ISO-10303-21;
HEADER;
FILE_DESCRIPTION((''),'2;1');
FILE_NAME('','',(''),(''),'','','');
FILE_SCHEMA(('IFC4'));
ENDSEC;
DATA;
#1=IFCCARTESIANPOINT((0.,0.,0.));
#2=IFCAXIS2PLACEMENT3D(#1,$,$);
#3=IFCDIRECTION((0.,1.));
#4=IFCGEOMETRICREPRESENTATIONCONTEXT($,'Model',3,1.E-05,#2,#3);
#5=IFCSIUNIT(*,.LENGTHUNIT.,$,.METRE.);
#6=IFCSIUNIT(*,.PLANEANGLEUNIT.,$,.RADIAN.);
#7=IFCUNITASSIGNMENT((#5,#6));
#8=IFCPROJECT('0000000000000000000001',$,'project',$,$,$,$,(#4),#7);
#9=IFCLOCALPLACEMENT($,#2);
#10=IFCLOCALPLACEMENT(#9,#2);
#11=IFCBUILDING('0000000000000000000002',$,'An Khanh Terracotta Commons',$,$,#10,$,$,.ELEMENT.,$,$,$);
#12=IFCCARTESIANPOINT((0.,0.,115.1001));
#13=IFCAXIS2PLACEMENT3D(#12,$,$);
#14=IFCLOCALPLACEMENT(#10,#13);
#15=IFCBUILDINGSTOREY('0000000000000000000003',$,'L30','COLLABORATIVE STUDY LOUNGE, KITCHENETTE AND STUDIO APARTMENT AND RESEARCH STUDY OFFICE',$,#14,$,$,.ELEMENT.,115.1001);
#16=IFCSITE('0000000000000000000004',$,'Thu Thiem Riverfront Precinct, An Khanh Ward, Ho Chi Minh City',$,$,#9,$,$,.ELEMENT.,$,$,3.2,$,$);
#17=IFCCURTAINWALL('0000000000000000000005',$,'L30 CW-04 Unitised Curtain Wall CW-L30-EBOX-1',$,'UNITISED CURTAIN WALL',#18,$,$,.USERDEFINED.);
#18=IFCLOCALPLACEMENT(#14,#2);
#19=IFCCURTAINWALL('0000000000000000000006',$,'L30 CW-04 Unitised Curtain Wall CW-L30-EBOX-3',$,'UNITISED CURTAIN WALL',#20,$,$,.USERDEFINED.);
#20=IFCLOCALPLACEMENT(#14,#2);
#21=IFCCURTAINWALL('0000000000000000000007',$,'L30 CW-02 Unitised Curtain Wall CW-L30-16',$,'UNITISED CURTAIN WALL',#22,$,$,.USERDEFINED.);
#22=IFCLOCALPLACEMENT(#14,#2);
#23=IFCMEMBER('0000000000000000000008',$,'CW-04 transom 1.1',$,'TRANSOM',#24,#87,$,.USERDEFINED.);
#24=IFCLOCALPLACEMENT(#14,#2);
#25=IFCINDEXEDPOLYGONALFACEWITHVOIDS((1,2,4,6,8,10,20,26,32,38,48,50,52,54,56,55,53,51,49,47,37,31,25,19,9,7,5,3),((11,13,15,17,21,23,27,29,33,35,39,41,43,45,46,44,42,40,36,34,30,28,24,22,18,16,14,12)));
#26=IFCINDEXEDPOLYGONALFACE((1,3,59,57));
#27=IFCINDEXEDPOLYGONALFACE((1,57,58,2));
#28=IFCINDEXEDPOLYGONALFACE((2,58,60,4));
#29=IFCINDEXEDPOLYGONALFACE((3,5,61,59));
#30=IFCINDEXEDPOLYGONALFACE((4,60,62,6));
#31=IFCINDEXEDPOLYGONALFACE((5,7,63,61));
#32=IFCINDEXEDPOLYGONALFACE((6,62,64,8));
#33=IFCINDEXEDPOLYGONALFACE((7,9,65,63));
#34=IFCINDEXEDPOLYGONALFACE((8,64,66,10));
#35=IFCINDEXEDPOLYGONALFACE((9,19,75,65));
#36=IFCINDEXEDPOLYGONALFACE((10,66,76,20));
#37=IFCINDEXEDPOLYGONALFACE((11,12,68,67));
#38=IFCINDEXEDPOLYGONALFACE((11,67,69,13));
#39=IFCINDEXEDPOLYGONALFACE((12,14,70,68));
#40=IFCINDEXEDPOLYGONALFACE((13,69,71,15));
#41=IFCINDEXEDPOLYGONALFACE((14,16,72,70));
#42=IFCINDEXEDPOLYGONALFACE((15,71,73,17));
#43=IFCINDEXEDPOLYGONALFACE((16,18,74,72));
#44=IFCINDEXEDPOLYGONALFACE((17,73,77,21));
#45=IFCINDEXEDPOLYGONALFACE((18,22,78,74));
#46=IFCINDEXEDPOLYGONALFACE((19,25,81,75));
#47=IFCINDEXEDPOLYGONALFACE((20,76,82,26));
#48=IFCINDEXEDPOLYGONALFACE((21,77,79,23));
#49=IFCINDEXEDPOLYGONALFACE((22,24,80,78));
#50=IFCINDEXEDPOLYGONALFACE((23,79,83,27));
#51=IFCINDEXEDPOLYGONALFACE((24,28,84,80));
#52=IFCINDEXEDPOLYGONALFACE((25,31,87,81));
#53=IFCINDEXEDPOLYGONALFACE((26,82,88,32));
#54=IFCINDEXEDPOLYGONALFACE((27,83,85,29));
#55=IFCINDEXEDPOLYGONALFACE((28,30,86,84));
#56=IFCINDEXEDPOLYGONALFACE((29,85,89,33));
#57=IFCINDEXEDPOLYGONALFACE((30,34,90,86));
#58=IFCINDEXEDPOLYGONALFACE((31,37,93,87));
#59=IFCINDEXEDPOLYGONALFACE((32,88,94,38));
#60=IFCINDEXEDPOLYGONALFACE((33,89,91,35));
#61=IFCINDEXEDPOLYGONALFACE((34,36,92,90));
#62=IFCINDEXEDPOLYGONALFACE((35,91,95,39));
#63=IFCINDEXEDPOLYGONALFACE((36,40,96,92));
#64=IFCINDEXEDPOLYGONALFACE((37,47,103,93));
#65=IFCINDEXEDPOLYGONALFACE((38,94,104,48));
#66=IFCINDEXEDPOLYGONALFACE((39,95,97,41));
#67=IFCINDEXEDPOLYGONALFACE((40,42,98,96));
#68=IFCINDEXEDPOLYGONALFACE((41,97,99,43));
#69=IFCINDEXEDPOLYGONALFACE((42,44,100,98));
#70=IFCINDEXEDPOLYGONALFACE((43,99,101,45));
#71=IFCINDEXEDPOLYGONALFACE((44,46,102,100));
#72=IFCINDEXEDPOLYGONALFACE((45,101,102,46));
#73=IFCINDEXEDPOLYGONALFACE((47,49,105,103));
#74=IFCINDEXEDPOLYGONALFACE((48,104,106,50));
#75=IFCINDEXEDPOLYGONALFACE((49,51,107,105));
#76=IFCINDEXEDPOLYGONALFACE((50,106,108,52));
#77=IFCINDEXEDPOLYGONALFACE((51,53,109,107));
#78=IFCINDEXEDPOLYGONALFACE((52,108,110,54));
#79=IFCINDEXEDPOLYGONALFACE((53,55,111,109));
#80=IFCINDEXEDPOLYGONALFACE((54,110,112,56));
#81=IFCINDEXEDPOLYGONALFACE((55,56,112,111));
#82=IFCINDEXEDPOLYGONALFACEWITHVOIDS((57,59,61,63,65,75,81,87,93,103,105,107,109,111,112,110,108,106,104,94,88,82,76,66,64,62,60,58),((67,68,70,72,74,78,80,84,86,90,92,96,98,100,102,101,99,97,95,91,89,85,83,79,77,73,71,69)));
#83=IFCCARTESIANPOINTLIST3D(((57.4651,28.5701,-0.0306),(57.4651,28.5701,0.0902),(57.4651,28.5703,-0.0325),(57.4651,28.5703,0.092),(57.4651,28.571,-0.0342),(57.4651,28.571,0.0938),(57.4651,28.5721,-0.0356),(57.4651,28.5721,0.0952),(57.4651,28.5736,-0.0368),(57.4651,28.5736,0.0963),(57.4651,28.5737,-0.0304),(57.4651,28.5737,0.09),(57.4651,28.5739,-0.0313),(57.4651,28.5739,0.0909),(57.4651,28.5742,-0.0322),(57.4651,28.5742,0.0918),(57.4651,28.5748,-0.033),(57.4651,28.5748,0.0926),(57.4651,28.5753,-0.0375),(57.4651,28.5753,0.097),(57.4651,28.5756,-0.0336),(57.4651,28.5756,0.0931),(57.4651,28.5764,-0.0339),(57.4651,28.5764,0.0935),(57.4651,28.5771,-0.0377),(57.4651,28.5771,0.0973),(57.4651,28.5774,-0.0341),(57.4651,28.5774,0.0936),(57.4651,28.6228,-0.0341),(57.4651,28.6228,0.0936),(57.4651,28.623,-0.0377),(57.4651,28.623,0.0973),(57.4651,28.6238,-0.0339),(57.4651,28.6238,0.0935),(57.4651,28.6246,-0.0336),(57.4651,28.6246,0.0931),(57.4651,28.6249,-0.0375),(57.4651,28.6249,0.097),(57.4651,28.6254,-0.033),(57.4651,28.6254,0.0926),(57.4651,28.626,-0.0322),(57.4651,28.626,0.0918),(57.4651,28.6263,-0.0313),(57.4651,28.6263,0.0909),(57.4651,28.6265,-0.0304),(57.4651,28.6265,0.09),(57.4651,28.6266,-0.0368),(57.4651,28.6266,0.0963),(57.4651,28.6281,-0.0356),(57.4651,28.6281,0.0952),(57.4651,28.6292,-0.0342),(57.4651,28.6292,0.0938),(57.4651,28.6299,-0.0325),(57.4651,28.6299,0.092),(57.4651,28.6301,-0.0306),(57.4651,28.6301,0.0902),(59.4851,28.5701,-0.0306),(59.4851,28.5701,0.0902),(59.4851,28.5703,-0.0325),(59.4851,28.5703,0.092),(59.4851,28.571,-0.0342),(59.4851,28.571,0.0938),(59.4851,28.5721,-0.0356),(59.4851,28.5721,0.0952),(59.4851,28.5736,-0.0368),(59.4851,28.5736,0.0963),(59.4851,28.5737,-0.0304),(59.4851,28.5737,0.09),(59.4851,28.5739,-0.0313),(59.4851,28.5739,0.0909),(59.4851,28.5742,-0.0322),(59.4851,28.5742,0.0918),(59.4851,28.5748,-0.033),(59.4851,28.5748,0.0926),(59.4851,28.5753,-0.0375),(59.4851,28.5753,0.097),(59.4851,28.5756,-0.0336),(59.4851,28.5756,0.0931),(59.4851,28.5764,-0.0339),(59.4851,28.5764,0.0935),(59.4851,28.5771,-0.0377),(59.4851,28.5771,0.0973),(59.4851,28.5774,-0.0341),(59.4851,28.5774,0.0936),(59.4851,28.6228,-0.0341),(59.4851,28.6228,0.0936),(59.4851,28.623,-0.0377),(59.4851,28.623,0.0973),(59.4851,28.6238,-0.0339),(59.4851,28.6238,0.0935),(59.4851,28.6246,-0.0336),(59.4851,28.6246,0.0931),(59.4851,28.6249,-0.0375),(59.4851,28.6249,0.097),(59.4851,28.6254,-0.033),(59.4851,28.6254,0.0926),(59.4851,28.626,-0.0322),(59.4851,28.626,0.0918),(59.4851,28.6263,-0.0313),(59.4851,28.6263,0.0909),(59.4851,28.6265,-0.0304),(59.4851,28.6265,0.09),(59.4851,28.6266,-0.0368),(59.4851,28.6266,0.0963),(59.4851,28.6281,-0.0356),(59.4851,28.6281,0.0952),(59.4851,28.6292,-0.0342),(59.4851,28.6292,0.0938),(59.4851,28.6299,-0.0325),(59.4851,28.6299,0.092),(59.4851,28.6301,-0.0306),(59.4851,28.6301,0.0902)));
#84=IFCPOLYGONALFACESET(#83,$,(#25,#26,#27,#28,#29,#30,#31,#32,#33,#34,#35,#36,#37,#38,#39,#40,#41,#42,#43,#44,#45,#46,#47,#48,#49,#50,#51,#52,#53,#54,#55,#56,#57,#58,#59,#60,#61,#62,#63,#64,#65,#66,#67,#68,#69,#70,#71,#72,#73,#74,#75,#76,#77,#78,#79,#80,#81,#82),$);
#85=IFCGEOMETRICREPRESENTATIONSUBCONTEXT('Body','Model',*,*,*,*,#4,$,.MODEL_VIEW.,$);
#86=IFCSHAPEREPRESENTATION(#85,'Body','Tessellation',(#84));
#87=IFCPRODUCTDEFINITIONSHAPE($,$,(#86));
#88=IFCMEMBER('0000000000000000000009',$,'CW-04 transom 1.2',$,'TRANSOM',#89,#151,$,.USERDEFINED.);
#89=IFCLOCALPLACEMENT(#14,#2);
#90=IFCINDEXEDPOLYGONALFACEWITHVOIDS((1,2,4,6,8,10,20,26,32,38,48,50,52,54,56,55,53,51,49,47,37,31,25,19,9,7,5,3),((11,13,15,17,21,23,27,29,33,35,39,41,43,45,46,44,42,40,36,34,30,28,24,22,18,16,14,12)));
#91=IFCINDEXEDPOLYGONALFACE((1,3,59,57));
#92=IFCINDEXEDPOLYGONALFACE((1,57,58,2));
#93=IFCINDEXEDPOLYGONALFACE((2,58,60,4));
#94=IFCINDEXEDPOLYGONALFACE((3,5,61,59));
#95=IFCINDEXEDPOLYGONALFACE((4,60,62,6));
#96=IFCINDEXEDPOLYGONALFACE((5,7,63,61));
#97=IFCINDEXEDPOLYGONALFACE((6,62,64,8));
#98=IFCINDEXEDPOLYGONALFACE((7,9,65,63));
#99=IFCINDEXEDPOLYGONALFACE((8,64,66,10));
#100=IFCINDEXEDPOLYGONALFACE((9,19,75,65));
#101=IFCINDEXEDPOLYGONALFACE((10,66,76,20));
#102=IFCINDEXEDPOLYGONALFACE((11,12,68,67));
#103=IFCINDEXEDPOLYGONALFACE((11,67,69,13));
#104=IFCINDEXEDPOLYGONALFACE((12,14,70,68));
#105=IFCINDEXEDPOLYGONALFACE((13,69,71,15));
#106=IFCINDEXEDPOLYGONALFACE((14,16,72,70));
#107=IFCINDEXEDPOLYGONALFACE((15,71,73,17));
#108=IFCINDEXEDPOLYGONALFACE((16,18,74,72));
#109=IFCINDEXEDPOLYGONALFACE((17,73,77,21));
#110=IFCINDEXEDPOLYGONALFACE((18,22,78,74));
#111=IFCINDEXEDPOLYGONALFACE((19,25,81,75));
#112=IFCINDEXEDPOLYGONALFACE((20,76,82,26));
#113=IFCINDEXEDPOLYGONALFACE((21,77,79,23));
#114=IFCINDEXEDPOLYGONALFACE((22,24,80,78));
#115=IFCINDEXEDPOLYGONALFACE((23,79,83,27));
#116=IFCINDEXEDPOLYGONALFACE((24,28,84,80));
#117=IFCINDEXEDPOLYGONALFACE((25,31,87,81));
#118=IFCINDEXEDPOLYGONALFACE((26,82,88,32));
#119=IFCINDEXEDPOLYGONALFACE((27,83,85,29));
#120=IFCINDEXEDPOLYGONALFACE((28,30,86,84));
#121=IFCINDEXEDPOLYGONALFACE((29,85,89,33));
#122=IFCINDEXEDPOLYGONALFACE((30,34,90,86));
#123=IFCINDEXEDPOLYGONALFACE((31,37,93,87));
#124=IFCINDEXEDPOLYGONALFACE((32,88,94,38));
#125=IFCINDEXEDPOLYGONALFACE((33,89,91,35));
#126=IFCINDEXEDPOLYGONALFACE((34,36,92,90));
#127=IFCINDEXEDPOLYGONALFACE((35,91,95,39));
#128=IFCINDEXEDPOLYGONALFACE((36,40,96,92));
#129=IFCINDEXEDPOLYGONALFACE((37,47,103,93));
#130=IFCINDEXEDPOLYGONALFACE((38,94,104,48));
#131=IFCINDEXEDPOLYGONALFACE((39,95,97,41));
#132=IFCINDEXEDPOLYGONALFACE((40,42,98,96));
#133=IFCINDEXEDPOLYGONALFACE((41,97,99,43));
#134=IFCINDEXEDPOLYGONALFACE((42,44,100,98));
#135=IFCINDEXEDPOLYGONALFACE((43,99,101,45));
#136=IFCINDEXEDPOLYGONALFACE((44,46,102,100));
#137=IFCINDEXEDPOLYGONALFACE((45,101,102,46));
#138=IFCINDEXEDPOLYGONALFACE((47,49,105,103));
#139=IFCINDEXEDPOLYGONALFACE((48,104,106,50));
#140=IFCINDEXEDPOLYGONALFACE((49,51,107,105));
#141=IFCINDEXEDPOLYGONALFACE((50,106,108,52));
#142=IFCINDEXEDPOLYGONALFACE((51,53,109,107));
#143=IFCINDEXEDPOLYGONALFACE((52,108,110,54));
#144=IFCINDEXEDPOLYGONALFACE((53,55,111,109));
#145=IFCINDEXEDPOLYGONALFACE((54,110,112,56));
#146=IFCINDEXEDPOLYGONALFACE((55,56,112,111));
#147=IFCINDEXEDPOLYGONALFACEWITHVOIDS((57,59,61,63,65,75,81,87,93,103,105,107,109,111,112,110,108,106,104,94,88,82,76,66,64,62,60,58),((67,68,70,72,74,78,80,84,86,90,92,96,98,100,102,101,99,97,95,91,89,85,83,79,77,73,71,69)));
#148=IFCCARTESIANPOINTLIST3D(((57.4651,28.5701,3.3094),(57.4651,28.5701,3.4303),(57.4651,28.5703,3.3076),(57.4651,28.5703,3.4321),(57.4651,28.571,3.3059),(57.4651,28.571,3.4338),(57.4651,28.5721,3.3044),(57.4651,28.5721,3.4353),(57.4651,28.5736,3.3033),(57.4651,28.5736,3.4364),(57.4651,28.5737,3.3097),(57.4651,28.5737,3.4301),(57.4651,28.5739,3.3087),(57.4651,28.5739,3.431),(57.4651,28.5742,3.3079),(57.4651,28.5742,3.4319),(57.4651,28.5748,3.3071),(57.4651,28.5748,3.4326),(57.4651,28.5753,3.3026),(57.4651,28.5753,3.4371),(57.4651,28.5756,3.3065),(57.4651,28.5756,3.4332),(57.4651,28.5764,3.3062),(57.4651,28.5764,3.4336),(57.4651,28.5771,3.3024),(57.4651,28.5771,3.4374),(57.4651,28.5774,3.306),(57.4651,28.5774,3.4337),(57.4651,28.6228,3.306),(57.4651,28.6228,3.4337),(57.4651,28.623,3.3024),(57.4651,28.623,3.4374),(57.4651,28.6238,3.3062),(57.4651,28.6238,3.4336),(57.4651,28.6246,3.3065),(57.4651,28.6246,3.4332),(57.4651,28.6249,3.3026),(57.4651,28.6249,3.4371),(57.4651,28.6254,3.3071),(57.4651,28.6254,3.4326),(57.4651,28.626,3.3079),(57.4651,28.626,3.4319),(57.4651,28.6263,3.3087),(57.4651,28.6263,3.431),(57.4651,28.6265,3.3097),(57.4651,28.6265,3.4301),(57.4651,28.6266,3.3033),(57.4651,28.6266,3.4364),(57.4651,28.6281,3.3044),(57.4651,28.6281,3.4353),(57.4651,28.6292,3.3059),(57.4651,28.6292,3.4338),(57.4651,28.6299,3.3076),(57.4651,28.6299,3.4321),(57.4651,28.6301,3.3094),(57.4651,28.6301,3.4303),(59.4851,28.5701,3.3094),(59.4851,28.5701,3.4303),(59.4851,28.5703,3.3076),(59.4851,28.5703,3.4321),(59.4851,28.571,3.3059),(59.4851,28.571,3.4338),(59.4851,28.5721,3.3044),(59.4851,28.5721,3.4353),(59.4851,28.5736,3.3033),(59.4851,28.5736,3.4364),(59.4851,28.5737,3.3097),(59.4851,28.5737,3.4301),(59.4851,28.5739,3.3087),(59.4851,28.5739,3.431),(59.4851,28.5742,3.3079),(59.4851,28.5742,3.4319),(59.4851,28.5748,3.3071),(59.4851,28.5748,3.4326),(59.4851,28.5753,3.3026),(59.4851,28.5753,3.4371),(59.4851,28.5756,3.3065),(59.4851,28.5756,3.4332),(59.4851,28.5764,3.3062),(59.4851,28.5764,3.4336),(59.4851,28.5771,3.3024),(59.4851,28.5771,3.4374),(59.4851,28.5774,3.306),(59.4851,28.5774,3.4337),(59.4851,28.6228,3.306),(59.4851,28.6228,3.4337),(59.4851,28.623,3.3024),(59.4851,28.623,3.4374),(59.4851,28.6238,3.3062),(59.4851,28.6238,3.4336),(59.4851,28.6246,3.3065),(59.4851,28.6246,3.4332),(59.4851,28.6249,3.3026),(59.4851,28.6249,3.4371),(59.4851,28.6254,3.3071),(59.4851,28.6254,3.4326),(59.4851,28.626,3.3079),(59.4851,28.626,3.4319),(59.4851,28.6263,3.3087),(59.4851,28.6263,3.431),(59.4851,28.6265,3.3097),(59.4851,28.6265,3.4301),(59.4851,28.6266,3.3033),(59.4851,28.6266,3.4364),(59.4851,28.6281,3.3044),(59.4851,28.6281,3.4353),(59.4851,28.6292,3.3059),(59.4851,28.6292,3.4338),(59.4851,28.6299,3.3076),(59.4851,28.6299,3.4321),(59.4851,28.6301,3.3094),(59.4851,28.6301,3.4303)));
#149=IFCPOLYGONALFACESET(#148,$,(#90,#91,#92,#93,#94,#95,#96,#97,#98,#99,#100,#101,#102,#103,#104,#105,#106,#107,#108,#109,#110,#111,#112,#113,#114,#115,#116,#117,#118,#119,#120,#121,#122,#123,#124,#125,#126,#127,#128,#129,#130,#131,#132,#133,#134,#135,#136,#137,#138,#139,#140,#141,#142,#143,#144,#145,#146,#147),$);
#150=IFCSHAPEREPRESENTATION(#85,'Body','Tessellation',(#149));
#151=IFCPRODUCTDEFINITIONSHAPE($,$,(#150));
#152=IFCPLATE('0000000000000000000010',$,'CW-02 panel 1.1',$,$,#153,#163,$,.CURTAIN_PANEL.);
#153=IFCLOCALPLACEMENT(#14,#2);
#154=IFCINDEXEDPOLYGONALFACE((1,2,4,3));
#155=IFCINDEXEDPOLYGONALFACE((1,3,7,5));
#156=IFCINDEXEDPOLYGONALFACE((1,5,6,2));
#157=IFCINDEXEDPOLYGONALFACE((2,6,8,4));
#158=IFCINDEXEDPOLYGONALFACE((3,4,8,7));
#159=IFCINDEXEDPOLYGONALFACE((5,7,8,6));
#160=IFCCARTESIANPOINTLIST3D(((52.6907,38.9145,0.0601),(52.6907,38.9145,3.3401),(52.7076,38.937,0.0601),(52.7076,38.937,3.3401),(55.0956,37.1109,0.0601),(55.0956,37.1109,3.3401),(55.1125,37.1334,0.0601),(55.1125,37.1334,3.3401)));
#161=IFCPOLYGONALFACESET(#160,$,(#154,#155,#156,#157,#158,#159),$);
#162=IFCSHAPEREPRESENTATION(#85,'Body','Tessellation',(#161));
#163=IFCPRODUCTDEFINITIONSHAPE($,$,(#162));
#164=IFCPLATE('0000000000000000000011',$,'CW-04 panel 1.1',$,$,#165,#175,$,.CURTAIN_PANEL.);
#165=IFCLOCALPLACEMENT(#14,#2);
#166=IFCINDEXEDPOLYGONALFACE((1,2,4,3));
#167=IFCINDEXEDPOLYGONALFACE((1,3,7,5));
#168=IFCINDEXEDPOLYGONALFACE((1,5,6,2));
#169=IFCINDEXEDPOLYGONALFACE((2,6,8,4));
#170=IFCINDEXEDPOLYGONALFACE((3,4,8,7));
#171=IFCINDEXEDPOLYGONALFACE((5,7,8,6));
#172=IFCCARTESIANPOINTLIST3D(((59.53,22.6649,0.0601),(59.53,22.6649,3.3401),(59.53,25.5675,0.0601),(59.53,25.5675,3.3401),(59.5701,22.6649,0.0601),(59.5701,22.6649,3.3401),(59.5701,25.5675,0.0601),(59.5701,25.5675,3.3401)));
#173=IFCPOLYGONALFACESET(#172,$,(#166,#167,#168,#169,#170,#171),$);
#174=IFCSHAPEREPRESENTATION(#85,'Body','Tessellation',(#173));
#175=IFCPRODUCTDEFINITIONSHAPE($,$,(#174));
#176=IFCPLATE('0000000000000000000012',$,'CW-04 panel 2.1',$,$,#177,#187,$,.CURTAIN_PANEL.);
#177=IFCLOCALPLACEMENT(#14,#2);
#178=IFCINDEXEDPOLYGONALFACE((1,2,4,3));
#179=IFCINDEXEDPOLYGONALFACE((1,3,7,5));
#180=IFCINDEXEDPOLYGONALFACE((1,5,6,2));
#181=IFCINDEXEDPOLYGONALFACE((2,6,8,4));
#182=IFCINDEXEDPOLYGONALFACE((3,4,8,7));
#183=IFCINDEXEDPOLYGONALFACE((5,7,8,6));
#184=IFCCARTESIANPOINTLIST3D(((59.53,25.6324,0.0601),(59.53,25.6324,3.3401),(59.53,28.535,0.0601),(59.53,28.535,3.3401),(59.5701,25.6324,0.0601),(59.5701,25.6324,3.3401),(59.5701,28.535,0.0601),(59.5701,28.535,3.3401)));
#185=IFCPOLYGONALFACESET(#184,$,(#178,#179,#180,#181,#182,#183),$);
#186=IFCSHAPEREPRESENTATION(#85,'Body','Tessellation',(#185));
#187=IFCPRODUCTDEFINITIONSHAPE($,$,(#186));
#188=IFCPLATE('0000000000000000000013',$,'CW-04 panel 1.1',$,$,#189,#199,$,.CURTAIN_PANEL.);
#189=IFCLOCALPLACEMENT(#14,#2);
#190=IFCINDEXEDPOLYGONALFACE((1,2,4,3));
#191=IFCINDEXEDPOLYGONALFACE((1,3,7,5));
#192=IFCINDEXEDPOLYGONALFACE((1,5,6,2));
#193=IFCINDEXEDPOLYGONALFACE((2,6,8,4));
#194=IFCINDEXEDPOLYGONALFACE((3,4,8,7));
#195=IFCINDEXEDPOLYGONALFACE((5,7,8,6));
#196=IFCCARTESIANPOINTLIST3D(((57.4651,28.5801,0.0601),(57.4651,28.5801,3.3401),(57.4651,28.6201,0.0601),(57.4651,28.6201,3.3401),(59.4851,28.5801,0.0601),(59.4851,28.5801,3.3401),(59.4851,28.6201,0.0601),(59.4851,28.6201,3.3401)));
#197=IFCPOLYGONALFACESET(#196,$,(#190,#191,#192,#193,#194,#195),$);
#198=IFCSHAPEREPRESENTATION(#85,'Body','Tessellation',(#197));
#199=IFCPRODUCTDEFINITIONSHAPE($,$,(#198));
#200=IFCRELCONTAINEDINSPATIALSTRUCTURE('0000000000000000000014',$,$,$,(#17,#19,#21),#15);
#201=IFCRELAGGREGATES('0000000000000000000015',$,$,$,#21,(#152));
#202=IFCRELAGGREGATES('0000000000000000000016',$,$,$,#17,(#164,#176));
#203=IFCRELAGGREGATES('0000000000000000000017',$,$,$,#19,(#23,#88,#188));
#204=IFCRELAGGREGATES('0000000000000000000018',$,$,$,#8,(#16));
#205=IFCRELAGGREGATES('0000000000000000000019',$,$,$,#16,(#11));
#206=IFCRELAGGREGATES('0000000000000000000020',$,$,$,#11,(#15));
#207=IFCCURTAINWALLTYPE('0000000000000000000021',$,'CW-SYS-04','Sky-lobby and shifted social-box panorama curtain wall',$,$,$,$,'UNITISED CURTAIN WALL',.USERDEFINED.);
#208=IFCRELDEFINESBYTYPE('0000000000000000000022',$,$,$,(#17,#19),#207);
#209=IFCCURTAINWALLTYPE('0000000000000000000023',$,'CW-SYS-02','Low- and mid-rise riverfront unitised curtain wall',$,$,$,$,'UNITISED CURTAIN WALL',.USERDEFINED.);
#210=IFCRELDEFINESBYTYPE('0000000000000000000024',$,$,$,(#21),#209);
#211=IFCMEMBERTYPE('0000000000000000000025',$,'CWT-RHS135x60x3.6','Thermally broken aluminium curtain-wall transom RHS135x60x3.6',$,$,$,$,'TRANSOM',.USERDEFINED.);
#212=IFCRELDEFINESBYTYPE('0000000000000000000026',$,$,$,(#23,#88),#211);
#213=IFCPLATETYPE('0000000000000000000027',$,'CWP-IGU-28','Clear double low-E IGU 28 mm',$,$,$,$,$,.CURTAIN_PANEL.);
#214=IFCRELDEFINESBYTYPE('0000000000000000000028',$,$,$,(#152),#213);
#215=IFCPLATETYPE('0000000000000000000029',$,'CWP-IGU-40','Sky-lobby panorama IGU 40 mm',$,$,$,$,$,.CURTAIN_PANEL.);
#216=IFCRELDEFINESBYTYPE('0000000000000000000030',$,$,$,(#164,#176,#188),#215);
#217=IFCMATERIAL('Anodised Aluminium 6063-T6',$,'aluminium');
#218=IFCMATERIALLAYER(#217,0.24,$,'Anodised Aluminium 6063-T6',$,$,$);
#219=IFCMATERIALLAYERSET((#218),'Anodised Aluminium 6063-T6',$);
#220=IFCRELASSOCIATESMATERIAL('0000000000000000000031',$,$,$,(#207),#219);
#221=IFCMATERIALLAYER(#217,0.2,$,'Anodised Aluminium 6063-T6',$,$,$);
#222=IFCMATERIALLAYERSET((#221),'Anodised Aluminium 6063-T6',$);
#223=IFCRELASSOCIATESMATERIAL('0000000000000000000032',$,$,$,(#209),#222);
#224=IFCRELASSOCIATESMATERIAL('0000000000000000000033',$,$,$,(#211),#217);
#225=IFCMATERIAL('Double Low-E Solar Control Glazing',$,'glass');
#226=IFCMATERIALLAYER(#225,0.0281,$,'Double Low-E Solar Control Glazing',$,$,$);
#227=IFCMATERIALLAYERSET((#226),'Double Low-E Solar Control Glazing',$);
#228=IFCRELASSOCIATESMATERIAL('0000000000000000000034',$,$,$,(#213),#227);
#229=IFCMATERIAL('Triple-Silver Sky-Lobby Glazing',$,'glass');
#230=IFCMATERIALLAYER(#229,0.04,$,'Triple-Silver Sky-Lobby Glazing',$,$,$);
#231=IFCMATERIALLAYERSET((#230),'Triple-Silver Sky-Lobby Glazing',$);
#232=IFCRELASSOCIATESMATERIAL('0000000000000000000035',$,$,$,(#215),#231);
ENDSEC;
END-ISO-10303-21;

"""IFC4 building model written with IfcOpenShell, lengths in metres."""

from ifc_helpers import new_model, si_unit, direction, frame, origin, origin_2d, place, context, subcontext, project, spatial, rectangle, hollow_rectangle, extrude, material, layer, layer_set, material_profile, profile_set, type_object, element, aggregate, save


model = new_model("IFC4")

# Units and contexts
model_context = context("Model", 3, precision=1e-05, world=origin(), true_north=direction((0.0, 1.0)))
body_context = subcontext(model_context, "Body", "Model", "MODEL_VIEW")
ifc_project = project(units=[si_unit("LENGTHUNIT", "METRE"), si_unit("PLANEANGLEUNIT", "RADIAN")], contexts=[model_context])

# Site, building, storey
site_placement = place(None, origin())
site = spatial("IfcSite", under=ifc_project, at=site_placement, Name="Thu Thiem Riverfront Precinct, An Khanh Ward, Ho Chi Minh City", CompositionType="ELEMENT", RefElevation=3.2)
building_placement = place(site_placement, origin())
building = spatial("IfcBuilding", under=site, at=building_placement, Name="An Khanh Terracotta Commons", CompositionType="ELEMENT")
storey_placement = place(building_placement, frame((0.0, 0.0, 115.1001)))
storey = spatial("IfcBuildingStorey", under=building, at=storey_placement, Name="L30", Description="COLLABORATIVE STUDY LOUNGE, KITCHENETTE AND STUDIO APARTMENT AND RESEARCH STUDY OFFICE", CompositionType="ELEMENT", Elevation=115.1001)

# Curtain walls
ifc_material_1 = material(Name="Anodised Aluminium 6063-T6", Category="aluminium")
ifc_layer_1 = layer(ifc_material_1, 0.24, Name="Anodised Aluminium 6063-T6")
ifc_layer_set_1 = layer_set([ifc_layer_1], Name="Anodised Aluminium 6063-T6")
curtain_wall_type_1 = type_object("IfcCurtainWallType", Name="CW-SYS-04", Description="Sky-lobby and shifted social-box panorama curtain wall", ElementType="UNITISED CURTAIN WALL", PredefinedType="USERDEFINED", material=ifc_layer_set_1)
curtain_wall_1_placement = place(storey_placement, origin())
curtain_wall_1 = element("IfcCurtainWall", 1, at=curtain_wall_1_placement, inside=storey, type_object=curtain_wall_type_1, Name="L30 CW-04 Unitised Curtain Wall CW-L30-EBOX-1", ObjectType="UNITISED CURTAIN WALL", PredefinedType="USERDEFINED")
curtain_wall_2_placement = place(storey_placement, origin())
curtain_wall_2 = element("IfcCurtainWall", 2, at=curtain_wall_2_placement, inside=storey, type_object=curtain_wall_type_1, Name="L30 CW-04 Unitised Curtain Wall CW-L30-EBOX-3", ObjectType="UNITISED CURTAIN WALL", PredefinedType="USERDEFINED")
ifc_layer_2 = layer(ifc_material_1, 0.2, Name="Anodised Aluminium 6063-T6")
ifc_layer_set_2 = layer_set([ifc_layer_2], Name="Anodised Aluminium 6063-T6")
curtain_wall_type_2 = type_object("IfcCurtainWallType", Name="CW-SYS-02", Description="Low- and mid-rise riverfront unitised curtain wall", ElementType="UNITISED CURTAIN WALL", PredefinedType="USERDEFINED", material=ifc_layer_set_2)
curtain_wall_3_placement = place(storey_placement, origin())
curtain_wall_3 = element("IfcCurtainWall", 3, at=curtain_wall_3_placement, inside=storey, type_object=curtain_wall_type_2, Name="L30 CW-02 Unitised Curtain Wall CW-L30-16", ObjectType="UNITISED CURTAIN WALL", PredefinedType="USERDEFINED")

# Members
ifc_material_profile_1 = material_profile(ifc_material_1, hollow_rectangle(XDim=0.0601, YDim=0.135, WallThickness=0.0037, InnerFilletRadius=0.0037, OuterFilletRadius=0.0071, at=origin_2d()), Name="RHS135x60x3.6")
ifc_profile_set_1 = profile_set([ifc_material_profile_1], Name="Anodised Aluminium 6063-T6")
member_type_1 = type_object("IfcMemberType", Name="CWT-RHS135x60x3.6", Description="Thermally broken aluminium curtain-wall transom RHS135x60x3.6", ElementType="TRANSOM", PredefinedType="USERDEFINED", material=ifc_profile_set_1)
member_1_placement = place(storey_placement, frame((59.4851, 28.6001, 0.0298), z_axis=(-1.0, 0.0, 0.0), x_axis=(0.0, -1.0, 0.0)))
member_1 = element("IfcMember", 4, at=member_1_placement, type_object=member_type_1, Name="CW-04 transom 1.1", ObjectType="TRANSOM", PredefinedType="USERDEFINED", context=body_context, shape_type="SweptSolid", body=[
    extrude(hollow_rectangle(XDim=0.0601, YDim=0.135, WallThickness=0.0037, InnerFilletRadius=0.0037, OuterFilletRadius=0.0071, at=origin_2d()), origin(), (0.0, 0.0, 1.0), 2.02),
])
member_2_placement = place(storey_placement, frame((59.4851, 28.6001, 3.3699), z_axis=(-1.0, 0.0, 0.0), x_axis=(0.0, -1.0, 0.0)))
member_2 = element("IfcMember", 5, at=member_2_placement, type_object=member_type_1, Name="CW-04 transom 1.2", ObjectType="TRANSOM", PredefinedType="USERDEFINED", context=body_context, shape_type="SweptSolid", body=[
    extrude(hollow_rectangle(XDim=0.0601, YDim=0.135, WallThickness=0.0037, InnerFilletRadius=0.0037, OuterFilletRadius=0.0071, at=origin_2d()), origin(), (0.0, 0.0, 1.0), 2.02),
])

# Plates
ifc_material_2 = material(Name="Double Low-E Solar Control Glazing", Category="glass")
ifc_layer_3 = layer(ifc_material_2, 0.0281, Name="Double Low-E Solar Control Glazing")
ifc_layer_set_3 = layer_set([ifc_layer_3], Name="Double Low-E Solar Control Glazing")
plate_type_1 = type_object("IfcPlateType", Name="CWP-IGU-28", Description="Clear double low-E IGU 28 mm", PredefinedType="CURTAIN_PANEL", material=ifc_layer_set_3)
plate_1_placement = place(storey_placement, frame((53.9016, 38.0239, 0.0601), z_axis=(0.0, 0.0, 1.0), x_axis=(-0.800013, 0.599983, 0.0)))
plate_1 = element("IfcPlate", 6, at=plate_1_placement, type_object=plate_type_1, Name="CW-02 panel 1.1", PredefinedType="CURTAIN_PANEL", context=body_context, shape_type="SweptSolid", body=[
    extrude(rectangle(XDim=3.0061, YDim=0.0281, at=origin_2d()), origin(), (0.0, 0.0, 1.0), 3.28),
])
aggregate(curtain_wall_3, [plate_1])
ifc_material_3 = material(Name="Triple-Silver Sky-Lobby Glazing", Category="glass")
ifc_layer_4 = layer(ifc_material_3, 0.04, Name="Triple-Silver Sky-Lobby Glazing")
ifc_layer_set_4 = layer_set([ifc_layer_4], Name="Triple-Silver Sky-Lobby Glazing")
plate_type_2 = type_object("IfcPlateType", Name="CWP-IGU-40", Description="Sky-lobby panorama IGU 40 mm", PredefinedType="CURTAIN_PANEL", material=ifc_layer_set_4)
plate_2_placement = place(storey_placement, frame((59.55, 24.1162, 0.0601), z_axis=(0.0, 0.0, 1.0), x_axis=(0.0, 1.0, 0.0)))
plate_2 = element("IfcPlate", 7, at=plate_2_placement, type_object=plate_type_2, Name="CW-04 panel 1.1", PredefinedType="CURTAIN_PANEL", context=body_context, shape_type="SweptSolid", body=[
    extrude(rectangle(XDim=2.9026, YDim=0.04, at=origin_2d()), origin(), (0.0, 0.0, 1.0), 3.28),
])
plate_3_placement = place(storey_placement, frame((59.55, 27.0837, 0.0601), z_axis=(0.0, 0.0, 1.0), x_axis=(0.0, 1.0, 0.0)))
plate_3 = element("IfcPlate", 8, at=plate_3_placement, type_object=plate_type_2, Name="CW-04 panel 2.1", PredefinedType="CURTAIN_PANEL", context=body_context, shape_type="SweptSolid", body=[
    extrude(rectangle(XDim=2.9026, YDim=0.04, at=origin_2d()), origin(), (0.0, 0.0, 1.0), 3.28),
])
aggregate(curtain_wall_1, [plate_2, plate_3])
plate_4_placement = place(storey_placement, frame((58.4751, 28.6001, 0.0601), z_axis=(0.0, 0.0, 1.0), x_axis=(-1.0, 0.0, 0.0)))
plate_4 = element("IfcPlate", 9, at=plate_4_placement, type_object=plate_type_2, Name="CW-04 panel 1.1", PredefinedType="CURTAIN_PANEL", context=body_context, shape_type="SweptSolid", body=[
    extrude(rectangle(XDim=2.02, YDim=0.04, at=origin_2d()), origin(), (0.0, 0.0, 1.0), 3.28),
])
aggregate(curtain_wall_2, [member_1, member_2, plate_4])

save(model, "model.ifc")
